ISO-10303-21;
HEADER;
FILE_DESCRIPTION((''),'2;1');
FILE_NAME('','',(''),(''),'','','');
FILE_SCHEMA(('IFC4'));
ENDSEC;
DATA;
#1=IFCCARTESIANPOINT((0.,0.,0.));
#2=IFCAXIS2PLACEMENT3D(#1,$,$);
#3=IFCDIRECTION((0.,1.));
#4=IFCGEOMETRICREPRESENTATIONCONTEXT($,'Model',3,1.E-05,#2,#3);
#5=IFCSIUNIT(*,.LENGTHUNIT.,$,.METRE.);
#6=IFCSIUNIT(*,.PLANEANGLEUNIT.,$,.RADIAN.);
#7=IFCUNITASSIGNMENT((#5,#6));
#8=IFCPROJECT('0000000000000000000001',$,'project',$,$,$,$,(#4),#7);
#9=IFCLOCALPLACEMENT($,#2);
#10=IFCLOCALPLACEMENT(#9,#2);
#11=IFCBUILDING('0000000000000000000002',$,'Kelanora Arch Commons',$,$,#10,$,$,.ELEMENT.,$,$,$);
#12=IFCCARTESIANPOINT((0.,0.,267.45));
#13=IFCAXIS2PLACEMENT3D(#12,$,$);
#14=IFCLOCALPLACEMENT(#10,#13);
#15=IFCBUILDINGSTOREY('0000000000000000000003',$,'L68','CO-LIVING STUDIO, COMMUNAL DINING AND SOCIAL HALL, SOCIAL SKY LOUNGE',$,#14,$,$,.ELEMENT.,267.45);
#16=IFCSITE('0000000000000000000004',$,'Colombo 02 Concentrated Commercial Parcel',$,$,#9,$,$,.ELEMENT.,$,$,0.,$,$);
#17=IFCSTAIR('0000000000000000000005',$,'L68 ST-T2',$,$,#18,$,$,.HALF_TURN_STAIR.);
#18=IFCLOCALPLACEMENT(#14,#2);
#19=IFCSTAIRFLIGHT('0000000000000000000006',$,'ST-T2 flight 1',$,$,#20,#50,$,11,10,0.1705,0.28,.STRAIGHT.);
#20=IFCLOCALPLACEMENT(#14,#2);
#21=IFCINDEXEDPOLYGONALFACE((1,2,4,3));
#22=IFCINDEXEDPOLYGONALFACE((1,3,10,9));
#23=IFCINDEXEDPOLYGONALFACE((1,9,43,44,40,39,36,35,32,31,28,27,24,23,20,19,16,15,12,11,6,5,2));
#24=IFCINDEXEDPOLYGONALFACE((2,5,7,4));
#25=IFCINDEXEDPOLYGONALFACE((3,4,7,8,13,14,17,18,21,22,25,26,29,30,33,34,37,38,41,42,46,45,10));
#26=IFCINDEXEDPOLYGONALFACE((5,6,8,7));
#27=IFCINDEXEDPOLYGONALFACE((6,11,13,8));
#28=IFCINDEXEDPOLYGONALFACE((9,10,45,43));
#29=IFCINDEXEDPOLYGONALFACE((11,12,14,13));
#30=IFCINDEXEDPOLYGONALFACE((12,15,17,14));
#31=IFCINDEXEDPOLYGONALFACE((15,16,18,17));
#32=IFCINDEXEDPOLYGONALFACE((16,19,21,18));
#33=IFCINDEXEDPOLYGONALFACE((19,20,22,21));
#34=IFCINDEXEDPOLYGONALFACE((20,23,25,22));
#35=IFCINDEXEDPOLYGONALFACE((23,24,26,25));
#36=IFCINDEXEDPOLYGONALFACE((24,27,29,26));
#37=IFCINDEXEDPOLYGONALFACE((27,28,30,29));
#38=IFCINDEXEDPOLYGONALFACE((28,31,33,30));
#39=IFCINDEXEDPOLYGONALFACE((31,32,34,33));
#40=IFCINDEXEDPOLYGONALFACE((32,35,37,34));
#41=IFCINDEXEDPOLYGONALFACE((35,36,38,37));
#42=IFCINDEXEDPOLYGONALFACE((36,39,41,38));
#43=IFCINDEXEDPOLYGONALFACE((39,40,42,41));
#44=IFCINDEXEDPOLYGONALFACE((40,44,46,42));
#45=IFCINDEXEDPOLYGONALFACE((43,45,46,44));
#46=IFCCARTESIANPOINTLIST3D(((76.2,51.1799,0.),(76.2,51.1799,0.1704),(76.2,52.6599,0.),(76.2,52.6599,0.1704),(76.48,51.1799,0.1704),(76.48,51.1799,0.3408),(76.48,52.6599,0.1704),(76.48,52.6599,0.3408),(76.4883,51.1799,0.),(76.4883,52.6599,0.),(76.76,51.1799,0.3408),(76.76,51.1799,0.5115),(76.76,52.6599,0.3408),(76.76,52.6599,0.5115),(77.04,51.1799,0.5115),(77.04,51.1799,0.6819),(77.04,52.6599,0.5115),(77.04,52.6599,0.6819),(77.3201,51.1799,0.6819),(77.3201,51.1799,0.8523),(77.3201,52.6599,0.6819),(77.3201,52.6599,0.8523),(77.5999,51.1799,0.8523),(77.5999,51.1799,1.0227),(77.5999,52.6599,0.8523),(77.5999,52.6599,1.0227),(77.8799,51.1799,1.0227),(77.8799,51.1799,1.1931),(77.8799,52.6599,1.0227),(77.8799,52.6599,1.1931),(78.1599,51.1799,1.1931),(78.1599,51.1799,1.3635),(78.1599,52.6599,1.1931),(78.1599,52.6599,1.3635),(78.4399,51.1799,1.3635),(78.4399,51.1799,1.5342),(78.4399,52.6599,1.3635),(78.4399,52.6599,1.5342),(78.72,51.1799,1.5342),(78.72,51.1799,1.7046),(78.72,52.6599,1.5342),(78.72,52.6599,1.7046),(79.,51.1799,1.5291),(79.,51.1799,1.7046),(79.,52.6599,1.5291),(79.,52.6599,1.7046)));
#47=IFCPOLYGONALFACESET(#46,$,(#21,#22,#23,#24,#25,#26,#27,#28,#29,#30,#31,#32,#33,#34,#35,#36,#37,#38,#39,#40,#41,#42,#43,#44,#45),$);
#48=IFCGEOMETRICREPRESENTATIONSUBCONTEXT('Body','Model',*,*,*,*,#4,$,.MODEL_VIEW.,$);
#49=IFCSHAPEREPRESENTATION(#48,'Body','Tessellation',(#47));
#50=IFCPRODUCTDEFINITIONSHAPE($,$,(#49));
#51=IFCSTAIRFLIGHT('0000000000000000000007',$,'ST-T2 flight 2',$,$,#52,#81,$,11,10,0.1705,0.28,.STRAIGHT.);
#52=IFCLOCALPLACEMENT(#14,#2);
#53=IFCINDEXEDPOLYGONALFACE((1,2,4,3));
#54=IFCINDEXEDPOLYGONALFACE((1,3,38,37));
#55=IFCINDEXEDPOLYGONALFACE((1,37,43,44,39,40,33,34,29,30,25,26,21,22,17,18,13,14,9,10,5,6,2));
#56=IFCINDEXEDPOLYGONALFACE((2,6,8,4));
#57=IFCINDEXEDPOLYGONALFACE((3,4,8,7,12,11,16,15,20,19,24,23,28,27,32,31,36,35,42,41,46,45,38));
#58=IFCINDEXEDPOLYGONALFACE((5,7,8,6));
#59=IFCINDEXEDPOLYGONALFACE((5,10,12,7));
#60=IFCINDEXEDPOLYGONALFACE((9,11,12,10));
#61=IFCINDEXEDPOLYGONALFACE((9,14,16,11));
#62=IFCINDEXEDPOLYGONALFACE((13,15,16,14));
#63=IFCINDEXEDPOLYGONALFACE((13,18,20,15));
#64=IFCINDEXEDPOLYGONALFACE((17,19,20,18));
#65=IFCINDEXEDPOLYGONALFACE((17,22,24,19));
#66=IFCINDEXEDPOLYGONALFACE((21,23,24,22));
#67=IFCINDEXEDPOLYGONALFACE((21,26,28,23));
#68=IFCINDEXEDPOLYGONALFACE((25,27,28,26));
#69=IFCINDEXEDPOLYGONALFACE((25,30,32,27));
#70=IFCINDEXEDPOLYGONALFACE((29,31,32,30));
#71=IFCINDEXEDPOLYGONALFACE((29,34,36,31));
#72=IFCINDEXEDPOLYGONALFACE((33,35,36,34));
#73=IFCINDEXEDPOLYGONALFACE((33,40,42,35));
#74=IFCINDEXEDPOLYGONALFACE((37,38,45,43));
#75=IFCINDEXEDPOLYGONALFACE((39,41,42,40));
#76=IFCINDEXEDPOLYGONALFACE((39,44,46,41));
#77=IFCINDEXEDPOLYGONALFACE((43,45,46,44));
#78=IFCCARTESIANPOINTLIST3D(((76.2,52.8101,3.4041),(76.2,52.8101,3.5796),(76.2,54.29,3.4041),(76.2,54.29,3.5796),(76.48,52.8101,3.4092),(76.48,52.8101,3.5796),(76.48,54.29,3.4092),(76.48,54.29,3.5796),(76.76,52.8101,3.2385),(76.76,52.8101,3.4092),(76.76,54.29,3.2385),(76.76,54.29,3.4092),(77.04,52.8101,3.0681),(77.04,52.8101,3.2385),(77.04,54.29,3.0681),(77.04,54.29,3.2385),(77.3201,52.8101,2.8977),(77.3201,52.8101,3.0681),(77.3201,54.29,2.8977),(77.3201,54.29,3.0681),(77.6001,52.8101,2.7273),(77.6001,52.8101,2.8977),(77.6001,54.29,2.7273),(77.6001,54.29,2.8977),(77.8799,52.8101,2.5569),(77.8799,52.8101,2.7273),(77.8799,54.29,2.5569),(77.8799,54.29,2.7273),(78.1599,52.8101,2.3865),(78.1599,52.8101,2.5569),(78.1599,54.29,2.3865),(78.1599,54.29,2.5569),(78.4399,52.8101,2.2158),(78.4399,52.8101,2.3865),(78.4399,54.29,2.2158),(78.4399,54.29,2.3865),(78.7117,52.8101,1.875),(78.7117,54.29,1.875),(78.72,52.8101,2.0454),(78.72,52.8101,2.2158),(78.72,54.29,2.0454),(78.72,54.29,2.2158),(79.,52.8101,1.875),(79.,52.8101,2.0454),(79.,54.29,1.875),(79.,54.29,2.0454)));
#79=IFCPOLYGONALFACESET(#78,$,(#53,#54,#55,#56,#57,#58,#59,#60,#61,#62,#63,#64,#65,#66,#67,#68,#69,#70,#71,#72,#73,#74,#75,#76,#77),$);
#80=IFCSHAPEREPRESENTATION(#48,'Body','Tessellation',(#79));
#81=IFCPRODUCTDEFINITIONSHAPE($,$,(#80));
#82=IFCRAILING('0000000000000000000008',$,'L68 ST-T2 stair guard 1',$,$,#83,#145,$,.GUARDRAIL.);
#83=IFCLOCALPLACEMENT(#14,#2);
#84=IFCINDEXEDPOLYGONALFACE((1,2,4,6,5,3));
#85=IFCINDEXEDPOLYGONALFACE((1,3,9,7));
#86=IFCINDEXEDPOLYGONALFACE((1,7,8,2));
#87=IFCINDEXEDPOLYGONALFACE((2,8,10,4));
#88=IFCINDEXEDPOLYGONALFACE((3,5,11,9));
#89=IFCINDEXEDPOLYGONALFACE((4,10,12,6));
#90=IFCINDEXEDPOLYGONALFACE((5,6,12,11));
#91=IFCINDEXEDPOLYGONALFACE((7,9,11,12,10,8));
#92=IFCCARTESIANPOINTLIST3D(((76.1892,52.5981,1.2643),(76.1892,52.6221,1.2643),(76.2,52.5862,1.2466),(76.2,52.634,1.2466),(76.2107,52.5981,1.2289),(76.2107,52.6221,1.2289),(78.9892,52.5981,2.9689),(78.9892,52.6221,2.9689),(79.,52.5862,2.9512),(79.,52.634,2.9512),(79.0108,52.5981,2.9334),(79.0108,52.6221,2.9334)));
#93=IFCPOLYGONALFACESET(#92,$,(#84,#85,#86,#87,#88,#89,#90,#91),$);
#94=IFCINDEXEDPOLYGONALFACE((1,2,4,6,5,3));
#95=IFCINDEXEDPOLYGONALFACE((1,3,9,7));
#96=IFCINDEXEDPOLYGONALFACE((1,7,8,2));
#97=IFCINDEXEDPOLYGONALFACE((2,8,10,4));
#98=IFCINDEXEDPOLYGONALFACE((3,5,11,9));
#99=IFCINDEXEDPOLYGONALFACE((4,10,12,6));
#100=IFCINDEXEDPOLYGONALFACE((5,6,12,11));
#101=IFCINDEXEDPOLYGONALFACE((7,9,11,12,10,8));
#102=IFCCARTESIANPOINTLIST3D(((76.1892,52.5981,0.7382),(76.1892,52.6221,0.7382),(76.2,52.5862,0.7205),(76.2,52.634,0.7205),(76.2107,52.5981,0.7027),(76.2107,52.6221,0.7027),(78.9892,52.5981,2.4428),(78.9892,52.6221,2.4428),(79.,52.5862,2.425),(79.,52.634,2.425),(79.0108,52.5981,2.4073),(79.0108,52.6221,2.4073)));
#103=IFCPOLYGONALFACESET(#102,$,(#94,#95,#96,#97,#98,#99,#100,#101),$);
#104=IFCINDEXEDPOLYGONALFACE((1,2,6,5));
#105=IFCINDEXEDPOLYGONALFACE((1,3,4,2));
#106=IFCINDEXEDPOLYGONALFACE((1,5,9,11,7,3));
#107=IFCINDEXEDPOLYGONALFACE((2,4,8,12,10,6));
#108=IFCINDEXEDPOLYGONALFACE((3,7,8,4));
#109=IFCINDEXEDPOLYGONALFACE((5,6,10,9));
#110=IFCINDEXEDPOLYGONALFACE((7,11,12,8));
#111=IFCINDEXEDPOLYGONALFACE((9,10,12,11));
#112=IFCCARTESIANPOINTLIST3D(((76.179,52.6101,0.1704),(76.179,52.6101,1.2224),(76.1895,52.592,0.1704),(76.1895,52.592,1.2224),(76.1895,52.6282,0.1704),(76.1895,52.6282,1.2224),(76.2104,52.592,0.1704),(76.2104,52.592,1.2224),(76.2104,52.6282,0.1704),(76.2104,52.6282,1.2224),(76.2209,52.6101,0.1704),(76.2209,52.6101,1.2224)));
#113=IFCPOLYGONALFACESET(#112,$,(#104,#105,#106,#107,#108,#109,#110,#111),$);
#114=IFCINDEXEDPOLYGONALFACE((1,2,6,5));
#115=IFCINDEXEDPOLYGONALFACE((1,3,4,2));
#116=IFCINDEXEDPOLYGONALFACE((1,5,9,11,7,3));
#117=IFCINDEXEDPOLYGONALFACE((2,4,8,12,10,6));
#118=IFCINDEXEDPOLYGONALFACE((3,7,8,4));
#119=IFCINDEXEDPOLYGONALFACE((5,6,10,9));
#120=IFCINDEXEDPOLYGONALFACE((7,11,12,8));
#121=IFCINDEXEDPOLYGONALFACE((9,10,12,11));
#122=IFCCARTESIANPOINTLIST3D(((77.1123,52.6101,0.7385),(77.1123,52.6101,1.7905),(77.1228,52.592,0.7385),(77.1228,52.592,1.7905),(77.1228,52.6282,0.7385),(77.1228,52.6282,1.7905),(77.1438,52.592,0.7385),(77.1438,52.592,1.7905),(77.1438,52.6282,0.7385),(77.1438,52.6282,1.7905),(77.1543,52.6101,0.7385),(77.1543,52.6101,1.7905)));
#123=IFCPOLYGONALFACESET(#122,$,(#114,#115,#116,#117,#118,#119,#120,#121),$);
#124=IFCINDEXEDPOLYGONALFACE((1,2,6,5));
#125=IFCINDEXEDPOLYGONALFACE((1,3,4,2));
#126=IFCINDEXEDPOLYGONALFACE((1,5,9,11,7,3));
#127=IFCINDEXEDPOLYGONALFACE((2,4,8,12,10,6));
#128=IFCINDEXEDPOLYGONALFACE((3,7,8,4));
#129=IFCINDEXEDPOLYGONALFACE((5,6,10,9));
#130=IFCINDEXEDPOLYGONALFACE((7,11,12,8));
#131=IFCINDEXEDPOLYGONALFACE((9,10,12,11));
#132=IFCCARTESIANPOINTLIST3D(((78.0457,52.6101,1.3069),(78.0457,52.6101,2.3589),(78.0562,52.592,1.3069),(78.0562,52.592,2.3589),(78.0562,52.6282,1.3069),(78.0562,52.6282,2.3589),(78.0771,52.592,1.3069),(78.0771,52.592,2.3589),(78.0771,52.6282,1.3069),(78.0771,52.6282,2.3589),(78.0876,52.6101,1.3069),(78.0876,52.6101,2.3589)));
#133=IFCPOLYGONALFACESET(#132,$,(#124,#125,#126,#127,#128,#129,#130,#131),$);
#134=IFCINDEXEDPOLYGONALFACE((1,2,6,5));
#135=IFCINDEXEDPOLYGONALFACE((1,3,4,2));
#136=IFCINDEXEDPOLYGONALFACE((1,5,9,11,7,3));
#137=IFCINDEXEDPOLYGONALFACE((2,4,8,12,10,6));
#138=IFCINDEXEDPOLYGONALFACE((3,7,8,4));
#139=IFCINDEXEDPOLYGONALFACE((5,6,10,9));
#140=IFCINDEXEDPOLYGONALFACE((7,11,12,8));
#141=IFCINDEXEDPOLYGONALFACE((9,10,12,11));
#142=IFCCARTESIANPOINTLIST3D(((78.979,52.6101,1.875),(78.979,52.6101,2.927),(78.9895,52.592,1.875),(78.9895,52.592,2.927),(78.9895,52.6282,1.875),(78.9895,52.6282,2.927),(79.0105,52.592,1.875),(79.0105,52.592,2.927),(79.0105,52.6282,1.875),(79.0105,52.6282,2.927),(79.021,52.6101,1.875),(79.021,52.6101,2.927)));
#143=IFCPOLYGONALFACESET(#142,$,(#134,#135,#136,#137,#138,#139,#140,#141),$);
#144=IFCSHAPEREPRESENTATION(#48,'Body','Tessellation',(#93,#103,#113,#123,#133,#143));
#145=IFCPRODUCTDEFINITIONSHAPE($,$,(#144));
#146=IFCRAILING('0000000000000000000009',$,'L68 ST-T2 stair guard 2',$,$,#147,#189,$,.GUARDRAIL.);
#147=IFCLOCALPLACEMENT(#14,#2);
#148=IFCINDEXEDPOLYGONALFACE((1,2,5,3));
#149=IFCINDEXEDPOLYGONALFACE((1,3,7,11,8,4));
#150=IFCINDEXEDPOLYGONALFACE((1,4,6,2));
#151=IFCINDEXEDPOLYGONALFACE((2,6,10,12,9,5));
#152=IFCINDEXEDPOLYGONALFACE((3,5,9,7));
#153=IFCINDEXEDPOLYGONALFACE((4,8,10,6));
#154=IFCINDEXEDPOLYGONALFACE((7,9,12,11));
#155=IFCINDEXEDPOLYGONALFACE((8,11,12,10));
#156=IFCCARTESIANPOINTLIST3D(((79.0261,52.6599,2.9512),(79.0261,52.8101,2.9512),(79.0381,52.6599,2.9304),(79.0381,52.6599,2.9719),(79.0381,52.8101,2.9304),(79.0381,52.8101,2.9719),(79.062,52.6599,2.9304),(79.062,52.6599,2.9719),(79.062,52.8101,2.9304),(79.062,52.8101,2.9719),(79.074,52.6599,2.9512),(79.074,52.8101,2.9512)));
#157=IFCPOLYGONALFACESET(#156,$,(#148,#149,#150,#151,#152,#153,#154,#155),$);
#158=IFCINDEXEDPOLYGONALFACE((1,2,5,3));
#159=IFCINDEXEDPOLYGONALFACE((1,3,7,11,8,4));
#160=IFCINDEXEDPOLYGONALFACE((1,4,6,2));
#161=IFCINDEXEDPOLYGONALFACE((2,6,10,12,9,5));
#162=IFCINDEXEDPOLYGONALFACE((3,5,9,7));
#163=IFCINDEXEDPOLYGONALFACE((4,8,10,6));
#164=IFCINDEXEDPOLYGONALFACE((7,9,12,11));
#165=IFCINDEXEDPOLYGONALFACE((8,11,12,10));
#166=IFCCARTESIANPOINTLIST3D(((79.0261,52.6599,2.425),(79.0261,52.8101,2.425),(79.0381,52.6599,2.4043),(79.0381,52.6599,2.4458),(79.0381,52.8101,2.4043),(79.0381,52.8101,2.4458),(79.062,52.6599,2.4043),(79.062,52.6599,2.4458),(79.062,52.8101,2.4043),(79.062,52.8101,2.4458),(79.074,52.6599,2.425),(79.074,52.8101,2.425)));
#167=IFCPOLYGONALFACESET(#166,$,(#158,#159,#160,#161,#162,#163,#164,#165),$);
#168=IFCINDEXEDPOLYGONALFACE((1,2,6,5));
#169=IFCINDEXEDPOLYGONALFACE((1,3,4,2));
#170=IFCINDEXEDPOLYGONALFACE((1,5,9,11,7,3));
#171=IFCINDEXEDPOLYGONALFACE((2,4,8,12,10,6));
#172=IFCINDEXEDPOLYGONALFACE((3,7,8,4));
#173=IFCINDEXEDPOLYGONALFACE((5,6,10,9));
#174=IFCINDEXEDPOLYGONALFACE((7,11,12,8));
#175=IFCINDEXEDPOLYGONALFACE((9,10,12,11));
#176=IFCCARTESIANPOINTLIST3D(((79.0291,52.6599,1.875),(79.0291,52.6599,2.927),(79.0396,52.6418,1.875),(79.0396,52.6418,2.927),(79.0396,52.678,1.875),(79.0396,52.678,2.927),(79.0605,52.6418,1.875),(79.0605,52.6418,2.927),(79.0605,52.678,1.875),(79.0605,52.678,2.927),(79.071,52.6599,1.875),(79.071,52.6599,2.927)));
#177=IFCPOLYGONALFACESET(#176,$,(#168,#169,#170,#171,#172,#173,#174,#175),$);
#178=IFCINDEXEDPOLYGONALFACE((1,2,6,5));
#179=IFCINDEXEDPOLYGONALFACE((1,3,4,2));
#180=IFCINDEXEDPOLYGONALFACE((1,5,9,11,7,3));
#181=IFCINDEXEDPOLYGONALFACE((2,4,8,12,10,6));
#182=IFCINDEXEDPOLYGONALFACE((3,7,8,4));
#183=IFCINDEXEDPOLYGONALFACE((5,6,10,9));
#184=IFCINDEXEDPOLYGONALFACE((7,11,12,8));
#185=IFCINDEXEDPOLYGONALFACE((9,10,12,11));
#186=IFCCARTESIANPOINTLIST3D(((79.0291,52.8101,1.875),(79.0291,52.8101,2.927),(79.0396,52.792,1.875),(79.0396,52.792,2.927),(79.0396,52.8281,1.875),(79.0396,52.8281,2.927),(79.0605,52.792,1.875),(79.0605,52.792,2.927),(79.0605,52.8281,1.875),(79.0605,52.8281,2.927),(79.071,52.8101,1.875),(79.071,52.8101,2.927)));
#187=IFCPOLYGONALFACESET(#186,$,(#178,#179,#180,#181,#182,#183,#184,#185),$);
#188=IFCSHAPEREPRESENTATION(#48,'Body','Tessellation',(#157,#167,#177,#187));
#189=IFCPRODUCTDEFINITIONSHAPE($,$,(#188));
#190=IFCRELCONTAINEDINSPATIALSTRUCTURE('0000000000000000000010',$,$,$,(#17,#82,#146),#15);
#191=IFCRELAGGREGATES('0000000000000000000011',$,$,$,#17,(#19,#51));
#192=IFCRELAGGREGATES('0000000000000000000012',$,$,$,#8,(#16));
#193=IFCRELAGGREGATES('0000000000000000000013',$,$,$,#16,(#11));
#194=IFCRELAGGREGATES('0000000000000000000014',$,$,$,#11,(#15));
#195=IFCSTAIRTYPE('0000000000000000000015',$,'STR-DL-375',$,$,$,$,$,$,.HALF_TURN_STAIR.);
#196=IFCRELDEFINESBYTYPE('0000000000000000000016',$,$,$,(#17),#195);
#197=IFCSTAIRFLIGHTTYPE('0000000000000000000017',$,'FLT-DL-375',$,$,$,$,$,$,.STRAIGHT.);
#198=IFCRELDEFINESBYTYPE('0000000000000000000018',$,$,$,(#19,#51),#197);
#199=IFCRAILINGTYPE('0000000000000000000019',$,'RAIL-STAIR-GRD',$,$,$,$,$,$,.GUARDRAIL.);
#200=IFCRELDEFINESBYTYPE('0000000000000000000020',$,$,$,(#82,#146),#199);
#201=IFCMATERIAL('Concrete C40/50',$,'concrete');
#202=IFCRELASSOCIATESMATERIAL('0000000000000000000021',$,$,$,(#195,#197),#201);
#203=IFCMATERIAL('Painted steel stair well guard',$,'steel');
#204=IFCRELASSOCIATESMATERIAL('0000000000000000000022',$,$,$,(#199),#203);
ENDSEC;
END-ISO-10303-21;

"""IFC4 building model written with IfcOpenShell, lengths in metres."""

from ifc_helpers import new_model, si_unit, direction, frame, origin, place, context, subcontext, project, spatial, polyline, outline, extrude, material, type_object, element, aggregate, save


model = new_model("IFC4")

# Units and contexts
model_context = context("Model", 3, precision=1e-05, world=origin(), true_north=direction((0.0, 1.0)))
body_context = subcontext(model_context, "Body", "Model", "MODEL_VIEW")
ifc_project = project(units=[si_unit("LENGTHUNIT", "METRE"), si_unit("PLANEANGLEUNIT", "RADIAN")], contexts=[model_context])

# Site, building, storey
site_placement = place(None, origin())
site = spatial("IfcSite", under=ifc_project, at=site_placement, Name="Colombo 02 Concentrated Commercial Parcel", CompositionType="ELEMENT", RefElevation=0.0)
building_placement = place(site_placement, origin())
building = spatial("IfcBuilding", under=site, at=building_placement, Name="Kelanora Arch Commons", CompositionType="ELEMENT")
storey_placement = place(building_placement, frame((0.0, 0.0, 267.45)))
storey = spatial("IfcBuildingStorey", under=building, at=storey_placement, Name="L68", Description="CO-LIVING STUDIO, COMMUNAL DINING AND SOCIAL HALL, SOCIAL SKY LOUNGE", CompositionType="ELEMENT", Elevation=267.45)

# Shared definitions
ifc_material_1 = material(Name="Concrete C40/50", Category="concrete")

# Stair, stair flights
stair_type = type_object("IfcStairType", Name="STR-DL-375", PredefinedType="HALF_TURN_STAIR", material=ifc_material_1)
stair_placement = place(storey_placement, origin())
stair = element("IfcStair", 1, at=stair_placement, inside=storey, type_object=stair_type, Name="L68 ST-T2", PredefinedType="HALF_TURN_STAIR")
stair_flight_type = type_object("IfcStairFlightType", Name="FLT-DL-375", PredefinedType="STRAIGHT", material=ifc_material_1)
stair_flight_1_placement = place(storey_placement, frame((76.2, 51.9199, 0.0), z_axis=(0.0, 0.0, 1.0), x_axis=(1.0, 0.0, 0.0)))
stair_flight_1 = element("IfcStairFlight", 2, at=stair_flight_1_placement, type_object=stair_flight_type, Name="ST-T2 flight 1", NumberOfRisers=11, NumberOfTreads=10, PredefinedType="STRAIGHT", RiserHeight=0.1705, TreadLength=0.28, context=body_context, shape_type="SweptSolid", body=[
    extrude(outline(polyline([(0.0, 0.0), (0.0, 0.1704), (0.28, 0.1704), (0.28, 0.3408), (0.5601, 0.3408), (0.5601, 0.5115), (0.8401, 0.5115), (0.8401, 0.6819), (1.1201, 0.6819), (1.1201, 0.8523), (1.3999, 0.8523), (1.3999, 1.0227), (1.6799, 1.0227), (1.6799, 1.1931), (1.96, 1.1931), (1.96, 1.3635), (2.24, 1.3635), (2.24, 1.5342), (2.52, 1.5342), (2.52, 1.7046), (2.8, 1.7046), (2.8, 1.875), (2.8, 1.5291), (0.2883, 0.0), (0.0, 0.0)])), frame((0.0, 0.74, 0.0), z_axis=(0.0, -1.0, 0.0), x_axis=(1.0, 0.0, 0.0)), (0.0, 0.0, 1.0), 1.48),
])
stair_flight_2_placement = place(storey_placement, frame((79.0, 53.55, 1.875), z_axis=(0.0, 0.0, 1.0), x_axis=(-1.0, 0.0, 0.0)))
stair_flight_2 = element("IfcStairFlight", 3, at=stair_flight_2_placement, type_object=stair_flight_type, Name="ST-T2 flight 2", NumberOfRisers=11, NumberOfTreads=10, PredefinedType="STRAIGHT", RiserHeight=0.1705, TreadLength=0.28, context=body_context, shape_type="SweptSolid", body=[
    extrude(outline(polyline([(0.0, 0.0), (0.0, 0.1704), (0.28, 0.1704), (0.28, 0.3408), (0.5601, 0.3408), (0.5601, 0.5115), (0.8401, 0.5115), (0.8401, 0.6819), (1.1201, 0.6819), (1.1201, 0.8523), (1.3999, 0.8523), (1.3999, 1.0227), (1.6799, 1.0227), (1.6799, 1.1931), (1.96, 1.1931), (1.96, 1.3635), (2.24, 1.3635), (2.24, 1.5342), (2.52, 1.5342), (2.52, 1.7046), (2.8, 1.7046), (2.8, 1.875), (2.8, 1.5291), (0.2883, 0.0), (0.0, 0.0)])), frame((0.0, 0.74, 0.0), z_axis=(0.0, -1.0, 0.0), x_axis=(1.0, 0.0, 0.0)), (0.0, 0.0, 1.0), 1.48),
])
aggregate(stair, [stair_flight_1, stair_flight_2])

# Railings
ifc_material_2 = material(Name="Painted steel stair well guard", Category="steel")
railing_type_1 = type_object("IfcRailingType", Name="RAIL-STAIR-GRD", PredefinedType="GUARDRAIL", material=ifc_material_2)
railing_1_placement = place(storey_placement, frame((76.2, 52.6101, 0.1704)))
element("IfcRailing", 4, at=railing_1_placement, inside=storey, type_object=railing_type_1, Name="L68 ST-T2 stair guard 1", PredefinedType="GUARDRAIL", context=body_context, shape_type="SweptSolid", body=[
    extrude(outline(polyline([(0.0239, 0.0), (0.012, 0.0208), (-0.012, 0.0208), (-0.0239, 0.0), (-0.012, -0.0208), (0.012, -0.0208), (0.0239, 0.0)])), frame((0.0, 0.0, 1.0762), z_axis=(0.85417, 0.0, 0.519994), x_axis=(0.0, 1.0, 0.0)), (0.0, 0.0, 1.0), 3.2781),
    extrude(outline(polyline([(0.0239, 0.0), (0.012, 0.0208), (-0.012, 0.0208), (-0.0239, 0.0), (-0.012, -0.0208), (0.012, -0.0208), (0.0239, 0.0)])), frame((0.0, 0.0, 0.55), z_axis=(0.85417, 0.0, 0.519994), x_axis=(0.0, 1.0, 0.0)), (0.0, 0.0, 1.0), 3.2781),
    extrude(outline(polyline([(0.021, 0.0), (0.0105, 0.0181), (-0.0105, 0.0181), (-0.021, 0.0), (-0.0105, -0.0181), (0.0105, -0.0181), (0.021, 0.0)])), origin(), (0.0, 0.0, 1.0), 1.052),
    extrude(outline(polyline([(0.021, 0.0), (0.0105, 0.0181), (-0.0105, 0.0181), (-0.021, 0.0), (-0.0105, -0.0181), (0.0105, -0.0181), (0.021, 0.0)])), frame((0.9333, 0.0, 0.5681)), (0.0, 0.0, 1.0), 1.052),
    extrude(outline(polyline([(0.021, 0.0), (0.0105, 0.0181), (-0.0105, 0.0181), (-0.021, 0.0), (-0.0105, -0.0181), (0.0105, -0.0181), (0.021, 0.0)])), frame((1.8667, 0.0, 1.1365)), (0.0, 0.0, 1.0), 1.052),
    extrude(outline(polyline([(0.021, 0.0), (0.0105, 0.0181), (-0.0105, 0.0181), (-0.021, 0.0), (-0.0105, -0.0181), (0.0105, -0.0181), (0.021, 0.0)])), frame((2.8, 0.0, 1.7046)), (0.0, 0.0, 1.0), 1.052),
])
railing_2_placement = place(storey_placement, frame((79.05, 52.6599, 1.875)))
element("IfcRailing", 5, at=railing_2_placement, inside=storey, type_object=railing_type_1, Name="L68 ST-T2 stair guard 2", PredefinedType="GUARDRAIL", context=body_context, shape_type="SweptSolid", body=[
    extrude(outline(polyline([(0.0239, 0.0), (0.012, 0.0208), (-0.012, 0.0208), (-0.0239, 0.0), (-0.012, -0.0208), (0.012, -0.0208), (0.0239, 0.0)])), frame((0.0, 0.0, 1.0762), z_axis=(0.0, 1.0, 0.0), x_axis=(-1.0, 0.0, 0.0)), (0.0, 0.0, 1.0), 0.1501),
    extrude(outline(polyline([(0.0239, 0.0), (0.012, 0.0208), (-0.012, 0.0208), (-0.0239, 0.0), (-0.012, -0.0208), (0.012, -0.0208), (0.0239, 0.0)])), frame((0.0, 0.0, 0.55), z_axis=(0.0, 1.0, 0.0), x_axis=(-1.0, 0.0, 0.0)), (0.0, 0.0, 1.0), 0.1501),
    extrude(outline(polyline([(0.021, 0.0), (0.0105, 0.0181), (-0.0105, 0.0181), (-0.021, 0.0), (-0.0105, -0.0181), (0.0105, -0.0181), (0.021, 0.0)])), origin(), (0.0, 0.0, 1.0), 1.052),
    extrude(outline(polyline([(0.021, 0.0), (0.0105, 0.0181), (-0.0105, 0.0181), (-0.021, 0.0), (-0.0105, -0.0181), (0.0105, -0.0181), (0.021, 0.0)])), frame((0.0, 0.1501, 0.0)), (0.0, 0.0, 1.0), 1.052),
])

save(model, "model.ifc")
